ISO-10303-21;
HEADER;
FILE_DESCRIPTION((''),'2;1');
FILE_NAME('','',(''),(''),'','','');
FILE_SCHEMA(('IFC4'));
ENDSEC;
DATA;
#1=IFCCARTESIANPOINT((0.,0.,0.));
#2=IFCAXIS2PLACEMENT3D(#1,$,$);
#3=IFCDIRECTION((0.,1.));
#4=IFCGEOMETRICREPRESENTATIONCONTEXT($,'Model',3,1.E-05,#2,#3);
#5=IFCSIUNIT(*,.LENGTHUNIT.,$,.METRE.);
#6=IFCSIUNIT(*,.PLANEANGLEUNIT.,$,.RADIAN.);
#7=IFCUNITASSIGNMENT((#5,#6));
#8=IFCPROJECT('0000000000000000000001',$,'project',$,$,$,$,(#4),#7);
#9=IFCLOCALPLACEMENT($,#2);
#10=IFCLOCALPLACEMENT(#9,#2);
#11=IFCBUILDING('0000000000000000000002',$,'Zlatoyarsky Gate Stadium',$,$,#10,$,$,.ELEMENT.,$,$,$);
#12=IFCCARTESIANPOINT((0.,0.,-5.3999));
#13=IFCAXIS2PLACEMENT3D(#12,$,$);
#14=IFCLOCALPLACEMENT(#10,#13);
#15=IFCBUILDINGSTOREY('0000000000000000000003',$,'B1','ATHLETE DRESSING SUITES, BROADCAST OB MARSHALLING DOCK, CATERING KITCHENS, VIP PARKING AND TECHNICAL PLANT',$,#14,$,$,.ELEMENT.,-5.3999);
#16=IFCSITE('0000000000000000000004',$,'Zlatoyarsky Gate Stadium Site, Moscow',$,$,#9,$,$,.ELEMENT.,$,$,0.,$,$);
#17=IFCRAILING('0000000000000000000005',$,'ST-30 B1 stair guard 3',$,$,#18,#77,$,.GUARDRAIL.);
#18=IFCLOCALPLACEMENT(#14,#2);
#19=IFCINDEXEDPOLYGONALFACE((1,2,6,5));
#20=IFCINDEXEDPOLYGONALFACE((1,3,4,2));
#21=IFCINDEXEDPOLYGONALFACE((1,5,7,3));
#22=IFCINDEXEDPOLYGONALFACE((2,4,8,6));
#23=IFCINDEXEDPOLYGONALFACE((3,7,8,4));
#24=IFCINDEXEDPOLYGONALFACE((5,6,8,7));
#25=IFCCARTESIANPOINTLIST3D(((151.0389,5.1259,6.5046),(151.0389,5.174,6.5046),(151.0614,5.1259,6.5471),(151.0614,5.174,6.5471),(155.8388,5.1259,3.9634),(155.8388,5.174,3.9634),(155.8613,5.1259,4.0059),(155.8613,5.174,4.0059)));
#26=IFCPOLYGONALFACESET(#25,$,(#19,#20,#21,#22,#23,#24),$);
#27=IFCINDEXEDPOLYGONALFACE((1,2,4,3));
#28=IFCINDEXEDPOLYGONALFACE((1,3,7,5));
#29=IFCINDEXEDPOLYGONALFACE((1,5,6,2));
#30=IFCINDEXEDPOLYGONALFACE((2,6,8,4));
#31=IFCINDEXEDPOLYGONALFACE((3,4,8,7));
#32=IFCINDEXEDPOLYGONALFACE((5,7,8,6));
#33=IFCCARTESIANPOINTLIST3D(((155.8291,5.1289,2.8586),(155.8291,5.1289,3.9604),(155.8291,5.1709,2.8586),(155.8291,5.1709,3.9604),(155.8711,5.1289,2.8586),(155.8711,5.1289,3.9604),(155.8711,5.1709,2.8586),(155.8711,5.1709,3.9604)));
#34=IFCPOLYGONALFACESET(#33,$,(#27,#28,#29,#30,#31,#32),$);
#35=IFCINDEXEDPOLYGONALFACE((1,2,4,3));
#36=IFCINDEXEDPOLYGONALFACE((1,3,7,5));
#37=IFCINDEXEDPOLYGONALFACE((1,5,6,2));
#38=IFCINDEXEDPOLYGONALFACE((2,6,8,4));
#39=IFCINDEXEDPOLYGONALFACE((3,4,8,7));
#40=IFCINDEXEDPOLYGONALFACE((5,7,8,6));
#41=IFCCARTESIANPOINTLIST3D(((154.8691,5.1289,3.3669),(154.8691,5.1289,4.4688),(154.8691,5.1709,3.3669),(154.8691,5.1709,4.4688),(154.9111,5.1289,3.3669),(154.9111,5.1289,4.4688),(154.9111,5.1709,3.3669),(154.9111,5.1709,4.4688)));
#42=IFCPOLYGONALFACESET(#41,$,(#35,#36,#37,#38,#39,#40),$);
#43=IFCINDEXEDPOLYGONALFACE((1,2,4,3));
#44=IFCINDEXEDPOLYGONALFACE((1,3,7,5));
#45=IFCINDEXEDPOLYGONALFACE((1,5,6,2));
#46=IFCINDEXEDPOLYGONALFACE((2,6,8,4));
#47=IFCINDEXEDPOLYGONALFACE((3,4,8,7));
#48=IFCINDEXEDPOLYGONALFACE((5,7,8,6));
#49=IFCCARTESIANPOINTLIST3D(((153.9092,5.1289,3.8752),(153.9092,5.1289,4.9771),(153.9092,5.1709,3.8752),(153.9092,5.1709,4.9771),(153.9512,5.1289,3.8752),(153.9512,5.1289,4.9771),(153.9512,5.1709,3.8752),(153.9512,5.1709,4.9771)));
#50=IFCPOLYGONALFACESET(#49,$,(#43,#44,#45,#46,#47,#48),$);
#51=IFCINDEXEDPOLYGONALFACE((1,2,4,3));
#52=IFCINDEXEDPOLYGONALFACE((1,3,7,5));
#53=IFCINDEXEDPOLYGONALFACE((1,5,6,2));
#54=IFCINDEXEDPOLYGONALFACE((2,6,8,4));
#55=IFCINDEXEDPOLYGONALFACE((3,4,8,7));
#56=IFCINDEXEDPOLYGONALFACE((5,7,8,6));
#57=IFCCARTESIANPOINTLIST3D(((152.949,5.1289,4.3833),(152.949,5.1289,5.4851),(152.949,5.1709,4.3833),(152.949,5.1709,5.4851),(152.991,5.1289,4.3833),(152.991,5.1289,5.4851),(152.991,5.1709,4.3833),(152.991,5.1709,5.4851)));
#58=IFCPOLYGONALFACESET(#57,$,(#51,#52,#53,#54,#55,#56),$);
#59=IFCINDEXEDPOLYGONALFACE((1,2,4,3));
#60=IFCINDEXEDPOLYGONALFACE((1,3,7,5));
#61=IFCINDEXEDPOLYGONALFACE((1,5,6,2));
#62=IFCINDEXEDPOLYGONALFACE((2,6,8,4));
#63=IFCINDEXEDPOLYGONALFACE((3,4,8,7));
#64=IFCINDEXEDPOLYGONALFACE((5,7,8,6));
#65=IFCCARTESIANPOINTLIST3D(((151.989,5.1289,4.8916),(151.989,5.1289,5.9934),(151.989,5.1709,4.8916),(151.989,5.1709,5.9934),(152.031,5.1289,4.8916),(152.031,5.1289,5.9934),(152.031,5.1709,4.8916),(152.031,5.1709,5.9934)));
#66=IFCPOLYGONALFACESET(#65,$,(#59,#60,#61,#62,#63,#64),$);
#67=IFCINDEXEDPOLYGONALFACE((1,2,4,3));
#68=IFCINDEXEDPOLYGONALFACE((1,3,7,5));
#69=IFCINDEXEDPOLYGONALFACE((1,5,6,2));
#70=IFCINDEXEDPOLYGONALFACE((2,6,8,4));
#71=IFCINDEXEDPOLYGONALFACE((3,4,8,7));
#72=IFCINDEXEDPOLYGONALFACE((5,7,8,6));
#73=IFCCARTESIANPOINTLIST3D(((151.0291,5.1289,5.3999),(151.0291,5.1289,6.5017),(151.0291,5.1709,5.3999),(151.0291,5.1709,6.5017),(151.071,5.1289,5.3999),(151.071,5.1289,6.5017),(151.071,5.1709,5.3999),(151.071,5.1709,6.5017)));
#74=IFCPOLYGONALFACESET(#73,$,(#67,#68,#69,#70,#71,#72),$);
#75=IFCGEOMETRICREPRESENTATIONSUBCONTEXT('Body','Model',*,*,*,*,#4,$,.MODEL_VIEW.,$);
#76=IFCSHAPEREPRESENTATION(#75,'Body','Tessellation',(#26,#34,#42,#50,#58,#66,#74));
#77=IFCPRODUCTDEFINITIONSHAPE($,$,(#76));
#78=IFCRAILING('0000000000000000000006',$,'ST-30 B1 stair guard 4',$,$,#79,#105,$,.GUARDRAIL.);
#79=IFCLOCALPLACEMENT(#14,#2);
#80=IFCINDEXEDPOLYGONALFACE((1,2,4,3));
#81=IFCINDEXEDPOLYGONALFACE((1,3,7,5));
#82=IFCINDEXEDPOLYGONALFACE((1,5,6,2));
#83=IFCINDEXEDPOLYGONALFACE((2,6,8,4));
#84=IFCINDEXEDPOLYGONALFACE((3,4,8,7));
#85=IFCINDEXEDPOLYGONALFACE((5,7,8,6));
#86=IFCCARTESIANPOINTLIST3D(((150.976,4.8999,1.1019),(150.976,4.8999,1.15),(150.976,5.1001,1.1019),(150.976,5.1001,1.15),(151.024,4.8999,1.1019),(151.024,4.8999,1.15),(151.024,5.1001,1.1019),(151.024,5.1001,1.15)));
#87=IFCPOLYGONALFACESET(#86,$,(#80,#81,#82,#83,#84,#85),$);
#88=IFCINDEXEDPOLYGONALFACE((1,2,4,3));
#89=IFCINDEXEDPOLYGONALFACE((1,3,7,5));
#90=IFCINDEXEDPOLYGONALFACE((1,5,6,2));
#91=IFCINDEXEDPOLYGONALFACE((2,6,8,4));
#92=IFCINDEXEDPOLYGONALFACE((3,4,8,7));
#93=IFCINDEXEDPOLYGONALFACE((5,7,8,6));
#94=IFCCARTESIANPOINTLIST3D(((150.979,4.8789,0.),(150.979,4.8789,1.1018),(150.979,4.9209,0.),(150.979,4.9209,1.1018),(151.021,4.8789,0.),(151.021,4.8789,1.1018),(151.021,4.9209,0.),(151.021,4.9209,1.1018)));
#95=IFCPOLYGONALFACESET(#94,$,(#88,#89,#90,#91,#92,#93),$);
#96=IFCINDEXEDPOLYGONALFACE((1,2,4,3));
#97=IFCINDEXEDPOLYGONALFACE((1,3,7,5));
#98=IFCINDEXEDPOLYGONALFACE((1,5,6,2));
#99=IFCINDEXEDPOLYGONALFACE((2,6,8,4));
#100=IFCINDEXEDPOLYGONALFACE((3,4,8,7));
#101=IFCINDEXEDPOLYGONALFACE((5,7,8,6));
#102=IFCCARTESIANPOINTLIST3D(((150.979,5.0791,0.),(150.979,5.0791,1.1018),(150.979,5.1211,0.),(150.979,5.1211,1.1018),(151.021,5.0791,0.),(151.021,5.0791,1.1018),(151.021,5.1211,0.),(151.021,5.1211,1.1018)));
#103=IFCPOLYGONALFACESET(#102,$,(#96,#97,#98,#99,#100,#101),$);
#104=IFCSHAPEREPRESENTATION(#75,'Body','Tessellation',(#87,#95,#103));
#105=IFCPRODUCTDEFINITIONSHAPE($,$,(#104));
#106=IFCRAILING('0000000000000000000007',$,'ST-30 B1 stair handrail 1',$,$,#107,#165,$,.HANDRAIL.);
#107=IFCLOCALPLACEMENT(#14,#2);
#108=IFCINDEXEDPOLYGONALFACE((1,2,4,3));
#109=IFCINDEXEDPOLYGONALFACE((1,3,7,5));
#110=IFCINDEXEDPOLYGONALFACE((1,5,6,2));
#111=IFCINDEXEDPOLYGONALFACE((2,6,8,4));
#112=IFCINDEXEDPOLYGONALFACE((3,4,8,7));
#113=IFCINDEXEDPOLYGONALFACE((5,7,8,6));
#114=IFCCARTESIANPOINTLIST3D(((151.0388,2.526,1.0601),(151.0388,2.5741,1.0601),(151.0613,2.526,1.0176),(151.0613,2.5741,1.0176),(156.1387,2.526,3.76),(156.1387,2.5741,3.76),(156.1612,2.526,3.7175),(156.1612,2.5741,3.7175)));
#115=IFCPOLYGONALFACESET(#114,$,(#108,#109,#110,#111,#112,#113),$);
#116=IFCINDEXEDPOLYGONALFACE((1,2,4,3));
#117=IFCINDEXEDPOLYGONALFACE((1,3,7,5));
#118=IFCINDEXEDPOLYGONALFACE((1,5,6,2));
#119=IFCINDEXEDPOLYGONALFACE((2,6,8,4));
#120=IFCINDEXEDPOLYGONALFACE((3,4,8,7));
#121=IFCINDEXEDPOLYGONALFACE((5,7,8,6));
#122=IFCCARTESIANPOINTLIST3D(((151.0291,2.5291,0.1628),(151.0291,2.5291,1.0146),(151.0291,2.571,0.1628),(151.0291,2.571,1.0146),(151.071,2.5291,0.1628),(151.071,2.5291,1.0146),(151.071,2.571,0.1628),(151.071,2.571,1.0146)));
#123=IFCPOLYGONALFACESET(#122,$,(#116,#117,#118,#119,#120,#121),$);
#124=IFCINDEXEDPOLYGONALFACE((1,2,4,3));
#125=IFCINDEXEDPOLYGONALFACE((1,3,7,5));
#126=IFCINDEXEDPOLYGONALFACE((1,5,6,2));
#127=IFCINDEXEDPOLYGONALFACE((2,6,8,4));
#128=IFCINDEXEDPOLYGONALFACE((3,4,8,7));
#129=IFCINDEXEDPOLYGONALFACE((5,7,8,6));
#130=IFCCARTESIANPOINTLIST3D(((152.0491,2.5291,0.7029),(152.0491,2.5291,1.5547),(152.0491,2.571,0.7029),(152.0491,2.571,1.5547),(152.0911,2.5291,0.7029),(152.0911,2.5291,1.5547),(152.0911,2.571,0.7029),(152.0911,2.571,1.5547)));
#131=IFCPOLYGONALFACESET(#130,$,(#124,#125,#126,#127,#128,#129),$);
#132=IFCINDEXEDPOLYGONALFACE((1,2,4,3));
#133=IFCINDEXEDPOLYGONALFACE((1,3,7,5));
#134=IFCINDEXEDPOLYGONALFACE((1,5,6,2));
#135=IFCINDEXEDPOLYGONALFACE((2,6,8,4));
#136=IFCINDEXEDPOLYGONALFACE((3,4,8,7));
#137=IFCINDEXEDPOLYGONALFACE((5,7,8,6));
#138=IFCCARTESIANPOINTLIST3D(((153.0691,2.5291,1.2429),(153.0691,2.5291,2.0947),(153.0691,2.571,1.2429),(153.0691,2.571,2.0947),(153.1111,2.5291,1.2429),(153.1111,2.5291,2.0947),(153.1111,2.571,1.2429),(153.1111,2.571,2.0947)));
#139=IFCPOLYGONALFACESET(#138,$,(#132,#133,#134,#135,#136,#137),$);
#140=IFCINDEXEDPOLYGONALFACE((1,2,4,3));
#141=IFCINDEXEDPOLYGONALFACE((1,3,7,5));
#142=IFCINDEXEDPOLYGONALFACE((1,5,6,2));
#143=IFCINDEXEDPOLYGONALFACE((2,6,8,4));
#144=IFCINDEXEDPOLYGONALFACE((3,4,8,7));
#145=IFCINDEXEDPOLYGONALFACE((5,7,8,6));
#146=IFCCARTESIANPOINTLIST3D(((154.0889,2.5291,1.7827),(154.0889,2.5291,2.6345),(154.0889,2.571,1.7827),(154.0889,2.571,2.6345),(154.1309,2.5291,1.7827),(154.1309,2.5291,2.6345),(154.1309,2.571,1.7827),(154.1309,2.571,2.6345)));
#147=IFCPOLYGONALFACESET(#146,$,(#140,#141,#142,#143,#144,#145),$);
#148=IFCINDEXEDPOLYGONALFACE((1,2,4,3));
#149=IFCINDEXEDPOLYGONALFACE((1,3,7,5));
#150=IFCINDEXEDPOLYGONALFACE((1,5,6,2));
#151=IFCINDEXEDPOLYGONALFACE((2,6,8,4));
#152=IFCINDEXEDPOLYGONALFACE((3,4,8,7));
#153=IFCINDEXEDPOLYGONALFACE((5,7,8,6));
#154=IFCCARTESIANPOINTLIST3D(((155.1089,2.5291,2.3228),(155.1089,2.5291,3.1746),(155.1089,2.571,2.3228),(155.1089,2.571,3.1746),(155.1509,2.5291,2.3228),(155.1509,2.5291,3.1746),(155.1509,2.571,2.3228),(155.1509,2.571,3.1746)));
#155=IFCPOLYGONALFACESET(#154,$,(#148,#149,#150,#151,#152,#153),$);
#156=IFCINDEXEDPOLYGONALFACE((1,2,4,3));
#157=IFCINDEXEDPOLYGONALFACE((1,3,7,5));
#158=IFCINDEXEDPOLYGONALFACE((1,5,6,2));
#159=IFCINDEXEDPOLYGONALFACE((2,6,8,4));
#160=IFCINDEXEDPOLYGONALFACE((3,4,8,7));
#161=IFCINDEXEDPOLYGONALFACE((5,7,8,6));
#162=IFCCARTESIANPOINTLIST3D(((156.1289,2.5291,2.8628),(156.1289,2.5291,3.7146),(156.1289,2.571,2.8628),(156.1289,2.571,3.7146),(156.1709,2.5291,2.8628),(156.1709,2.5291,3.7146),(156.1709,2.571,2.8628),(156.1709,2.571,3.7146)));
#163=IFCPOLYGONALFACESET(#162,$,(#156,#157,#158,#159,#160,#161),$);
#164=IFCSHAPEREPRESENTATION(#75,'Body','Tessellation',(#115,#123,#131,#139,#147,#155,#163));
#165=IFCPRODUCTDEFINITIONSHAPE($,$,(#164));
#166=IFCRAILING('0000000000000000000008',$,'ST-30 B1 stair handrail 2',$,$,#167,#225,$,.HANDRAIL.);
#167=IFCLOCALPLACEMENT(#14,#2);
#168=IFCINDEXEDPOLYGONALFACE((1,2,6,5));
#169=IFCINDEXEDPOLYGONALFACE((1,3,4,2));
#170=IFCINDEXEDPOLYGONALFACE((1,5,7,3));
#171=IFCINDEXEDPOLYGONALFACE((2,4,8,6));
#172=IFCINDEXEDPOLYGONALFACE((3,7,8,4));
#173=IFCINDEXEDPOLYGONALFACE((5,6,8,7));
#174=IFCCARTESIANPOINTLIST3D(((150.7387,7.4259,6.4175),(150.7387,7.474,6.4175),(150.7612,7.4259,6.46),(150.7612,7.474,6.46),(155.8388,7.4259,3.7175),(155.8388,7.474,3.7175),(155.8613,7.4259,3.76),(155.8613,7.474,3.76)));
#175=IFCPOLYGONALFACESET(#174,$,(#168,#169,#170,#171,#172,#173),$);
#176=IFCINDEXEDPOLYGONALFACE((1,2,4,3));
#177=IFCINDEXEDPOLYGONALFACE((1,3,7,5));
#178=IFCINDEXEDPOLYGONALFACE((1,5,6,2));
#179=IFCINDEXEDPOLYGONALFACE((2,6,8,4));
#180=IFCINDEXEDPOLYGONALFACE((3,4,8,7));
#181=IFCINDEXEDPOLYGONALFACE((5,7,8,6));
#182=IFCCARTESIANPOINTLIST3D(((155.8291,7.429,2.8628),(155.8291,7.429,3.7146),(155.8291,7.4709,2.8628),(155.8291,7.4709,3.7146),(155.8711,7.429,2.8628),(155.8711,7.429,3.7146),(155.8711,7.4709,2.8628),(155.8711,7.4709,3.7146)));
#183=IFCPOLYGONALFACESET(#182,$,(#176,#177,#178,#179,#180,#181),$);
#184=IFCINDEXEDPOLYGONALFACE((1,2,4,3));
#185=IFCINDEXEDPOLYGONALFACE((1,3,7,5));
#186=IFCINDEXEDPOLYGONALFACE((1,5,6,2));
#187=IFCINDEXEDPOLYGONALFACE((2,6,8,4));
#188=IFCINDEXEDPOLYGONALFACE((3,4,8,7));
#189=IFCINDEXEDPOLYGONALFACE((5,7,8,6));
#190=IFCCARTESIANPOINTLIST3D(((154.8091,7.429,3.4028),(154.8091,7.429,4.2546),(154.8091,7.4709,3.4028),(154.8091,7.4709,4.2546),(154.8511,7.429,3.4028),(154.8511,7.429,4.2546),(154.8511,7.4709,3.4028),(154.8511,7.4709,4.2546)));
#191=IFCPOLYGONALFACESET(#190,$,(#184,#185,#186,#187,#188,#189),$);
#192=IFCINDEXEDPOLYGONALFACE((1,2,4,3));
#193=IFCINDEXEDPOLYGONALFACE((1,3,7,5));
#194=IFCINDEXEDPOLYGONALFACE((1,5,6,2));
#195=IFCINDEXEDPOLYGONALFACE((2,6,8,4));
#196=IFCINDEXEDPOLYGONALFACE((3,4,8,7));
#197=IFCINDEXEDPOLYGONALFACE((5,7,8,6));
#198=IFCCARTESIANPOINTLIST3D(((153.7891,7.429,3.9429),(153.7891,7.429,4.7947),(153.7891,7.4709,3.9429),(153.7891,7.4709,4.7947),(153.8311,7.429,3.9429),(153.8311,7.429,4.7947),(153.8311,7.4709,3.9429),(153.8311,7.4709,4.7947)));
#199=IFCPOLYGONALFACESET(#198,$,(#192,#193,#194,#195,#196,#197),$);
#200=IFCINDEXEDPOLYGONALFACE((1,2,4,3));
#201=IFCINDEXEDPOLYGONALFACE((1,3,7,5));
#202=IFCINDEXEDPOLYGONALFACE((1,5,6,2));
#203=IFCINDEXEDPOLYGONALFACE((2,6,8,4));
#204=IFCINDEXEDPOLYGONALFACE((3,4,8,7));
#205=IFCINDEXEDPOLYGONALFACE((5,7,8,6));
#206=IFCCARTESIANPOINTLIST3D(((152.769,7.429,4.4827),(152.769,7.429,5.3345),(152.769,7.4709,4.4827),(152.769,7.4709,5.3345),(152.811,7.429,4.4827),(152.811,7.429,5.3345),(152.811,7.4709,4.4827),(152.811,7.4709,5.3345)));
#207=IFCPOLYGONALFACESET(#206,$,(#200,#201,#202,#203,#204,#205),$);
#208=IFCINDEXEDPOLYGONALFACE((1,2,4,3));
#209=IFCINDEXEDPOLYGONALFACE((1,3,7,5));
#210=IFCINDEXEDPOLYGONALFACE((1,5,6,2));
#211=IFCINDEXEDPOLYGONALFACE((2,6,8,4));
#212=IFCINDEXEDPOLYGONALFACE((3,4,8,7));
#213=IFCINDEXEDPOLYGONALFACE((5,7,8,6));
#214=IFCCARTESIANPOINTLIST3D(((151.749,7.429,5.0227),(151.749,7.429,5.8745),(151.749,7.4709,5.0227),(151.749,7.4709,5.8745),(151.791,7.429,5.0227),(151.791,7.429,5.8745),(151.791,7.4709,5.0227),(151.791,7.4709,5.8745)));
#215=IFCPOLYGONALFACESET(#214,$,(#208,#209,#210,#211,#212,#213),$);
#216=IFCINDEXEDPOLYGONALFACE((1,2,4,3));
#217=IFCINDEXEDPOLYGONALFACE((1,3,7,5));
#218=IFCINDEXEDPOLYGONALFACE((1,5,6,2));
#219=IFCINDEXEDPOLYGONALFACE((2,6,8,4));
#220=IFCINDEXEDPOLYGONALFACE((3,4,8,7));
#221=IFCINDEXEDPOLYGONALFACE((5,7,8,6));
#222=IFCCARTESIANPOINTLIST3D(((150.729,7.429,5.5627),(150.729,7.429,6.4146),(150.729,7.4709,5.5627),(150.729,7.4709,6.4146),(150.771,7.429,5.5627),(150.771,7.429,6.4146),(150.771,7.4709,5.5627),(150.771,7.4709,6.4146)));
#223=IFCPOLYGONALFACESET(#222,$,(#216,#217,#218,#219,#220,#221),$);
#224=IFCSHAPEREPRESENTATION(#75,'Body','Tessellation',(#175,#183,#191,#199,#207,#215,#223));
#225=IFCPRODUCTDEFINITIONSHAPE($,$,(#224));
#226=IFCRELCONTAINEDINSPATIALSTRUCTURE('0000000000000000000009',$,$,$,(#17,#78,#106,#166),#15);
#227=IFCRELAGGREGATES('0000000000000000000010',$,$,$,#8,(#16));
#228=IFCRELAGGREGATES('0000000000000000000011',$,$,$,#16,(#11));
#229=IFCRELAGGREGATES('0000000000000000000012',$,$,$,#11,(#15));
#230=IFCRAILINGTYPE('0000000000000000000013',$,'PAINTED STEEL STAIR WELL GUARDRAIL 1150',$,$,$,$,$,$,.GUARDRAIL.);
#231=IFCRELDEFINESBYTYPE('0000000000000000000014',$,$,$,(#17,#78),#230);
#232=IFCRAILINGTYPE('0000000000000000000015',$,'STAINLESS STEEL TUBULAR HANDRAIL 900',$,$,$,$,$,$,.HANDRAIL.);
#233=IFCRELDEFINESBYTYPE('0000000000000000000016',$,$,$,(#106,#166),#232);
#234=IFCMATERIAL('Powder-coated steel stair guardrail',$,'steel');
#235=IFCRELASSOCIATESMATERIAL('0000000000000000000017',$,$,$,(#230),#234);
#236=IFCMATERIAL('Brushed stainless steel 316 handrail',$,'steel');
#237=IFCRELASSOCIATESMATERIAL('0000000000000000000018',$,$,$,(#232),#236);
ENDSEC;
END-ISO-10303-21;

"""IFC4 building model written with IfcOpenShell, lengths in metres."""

from ifc_helpers import new_model, si_unit, direction, frame, origin, origin_2d, place, context, subcontext, project, spatial, rectangle, extrude, material, type_object, element, save


model = new_model("IFC4")

# Units and contexts
model_context = context("Model", 3, precision=1e-05, world=origin(), true_north=direction((0.0, 1.0)))
body_context = subcontext(model_context, "Body", "Model", "MODEL_VIEW")
ifc_project = project(units=[si_unit("LENGTHUNIT", "METRE"), si_unit("PLANEANGLEUNIT", "RADIAN")], contexts=[model_context])

# Site, building, storey
site_placement = place(None, origin())
site = spatial("IfcSite", under=ifc_project, at=site_placement, Name="Zlatoyarsky Gate Stadium Site, Moscow", CompositionType="ELEMENT", RefElevation=0.0)
building_placement = place(site_placement, origin())
building = spatial("IfcBuilding", under=site, at=building_placement, Name="Zlatoyarsky Gate Stadium", CompositionType="ELEMENT")
storey_placement = place(building_placement, frame((0.0, 0.0, -5.3999)))
storey = spatial("IfcBuildingStorey", under=building, at=storey_placement, Name="B1", Description="ATHLETE DRESSING SUITES, BROADCAST OB MARSHALLING DOCK, CATERING KITCHENS, VIP PARKING AND TECHNICAL PLANT", CompositionType="ELEMENT", Elevation=-5.3999)

# Railings
ifc_material_1 = material(Name="Powder-coated steel stair guardrail", Category="steel")
railing_type_1 = type_object("IfcRailingType", Name="PAINTED STEEL STAIR WELL GUARDRAIL 1150", PredefinedType="GUARDRAIL", material=ifc_material_1)
railing_1_placement = place(storey_placement, frame((155.8501, 5.1499, 2.8586)))
element("IfcRailing", 1, at=railing_1_placement, inside=storey, type_object=railing_type_1, Name="ST-30 B1 stair guard 3", PredefinedType="GUARDRAIL", context=body_context, shape_type="SweptSolid", body=[
    extrude(rectangle(XDim=0.0481, YDim=0.0481, at=origin_2d()), frame((0.0, 0.0, 1.126), z_axis=(-0.883784, 0.0, 0.467896), x_axis=(0.0, -1.0, 0.0)), (0.0, 0.0, 1.0), 5.4312),
    extrude(rectangle(XDim=0.042, YDim=0.042, at=origin_2d()), origin(), (0.0, 0.0, 1.0), 1.1018),
    extrude(rectangle(XDim=0.042, YDim=0.042, at=origin_2d()), frame((-0.96, 0.0, 0.5083)), (0.0, 0.0, 1.0), 1.1018),
    extrude(rectangle(XDim=0.042, YDim=0.042, at=origin_2d()), frame((-1.9199, 0.0, 1.0166)), (0.0, 0.0, 1.0), 1.1018),
    extrude(rectangle(XDim=0.042, YDim=0.042, at=origin_2d()), frame((-2.8801, 0.0, 1.5247)), (0.0, 0.0, 1.0), 1.1018),
    extrude(rectangle(XDim=0.042, YDim=0.042, at=origin_2d()), frame((-3.8401, 0.0, 2.033)), (0.0, 0.0, 1.0), 1.1018),
    extrude(rectangle(XDim=0.042, YDim=0.042, at=origin_2d()), frame((-4.8, 0.0, 2.5413)), (0.0, 0.0, 1.0), 1.1018),
])
railing_2_placement = place(storey_placement, frame((151.0, 4.8999, 0.0)))
element("IfcRailing", 2, at=railing_2_placement, inside=storey, type_object=railing_type_1, Name="ST-30 B1 stair guard 4", PredefinedType="GUARDRAIL", context=body_context, shape_type="SweptSolid", body=[
    extrude(rectangle(XDim=0.0481, YDim=0.0481, at=origin_2d()), frame((0.0, 0.0, 1.126), z_axis=(0.0, 1.0, 0.0), x_axis=(-1.0, 0.0, 0.0)), (0.0, 0.0, 1.0), 0.2002),
    extrude(rectangle(XDim=0.042, YDim=0.042, at=origin_2d()), origin(), (0.0, 0.0, 1.0), 1.1018),
    extrude(rectangle(XDim=0.042, YDim=0.042, at=origin_2d()), frame((0.0, 0.2002, 0.0)), (0.0, 0.0, 1.0), 1.1018),
])
ifc_material_2 = material(Name="Brushed stainless steel 316 handrail", Category="steel")
railing_type_2 = type_object("IfcRailingType", Name="STAINLESS STEEL TUBULAR HANDRAIL 900", PredefinedType="HANDRAIL", material=ifc_material_2)
railing_3_placement = place(storey_placement, frame((151.05, 2.55, 0.1628)))
element("IfcRailing", 3, at=railing_3_placement, inside=storey, type_object=railing_type_2, Name="ST-30 B1 stair handrail 1", PredefinedType="HANDRAIL", context=body_context, shape_type="SweptSolid", body=[
    extrude(rectangle(XDim=0.0481, YDim=0.0481, at=origin_2d()), frame((0.0, 0.0, 0.876), z_axis=(0.883786, 0.0, 0.467892), x_axis=(0.0, 1.0, 0.0)), (0.0, 0.0, 1.0), 5.7705),
    extrude(rectangle(XDim=0.042, YDim=0.042, at=origin_2d()), origin(), (0.0, 0.0, 1.0), 0.8518),
    extrude(rectangle(XDim=0.042, YDim=0.042, at=origin_2d()), frame((1.02, 0.0, 0.54)), (0.0, 0.0, 1.0), 0.8518),
    extrude(rectangle(XDim=0.042, YDim=0.042, at=origin_2d()), frame((2.04, 0.0, 1.0801)), (0.0, 0.0, 1.0), 0.8518),
    extrude(rectangle(XDim=0.042, YDim=0.042, at=origin_2d()), frame((3.0598, 0.0, 1.6199)), (0.0, 0.0, 1.0), 0.8518),
    extrude(rectangle(XDim=0.042, YDim=0.042, at=origin_2d()), frame((4.0798, 0.0, 2.1599)), (0.0, 0.0, 1.0), 0.8518),
    extrude(rectangle(XDim=0.042, YDim=0.042, at=origin_2d()), frame((5.0999, 0.0, 2.7)), (0.0, 0.0, 1.0), 0.8518),
])
railing_4_placement = place(storey_placement, frame((155.8501, 7.45, 2.8628)))
element("IfcRailing", 4, at=railing_4_placement, inside=storey, type_object=railing_type_2, Name="ST-30 B1 stair handrail 2", PredefinedType="HANDRAIL", context=body_context, shape_type="SweptSolid", body=[
    extrude(rectangle(XDim=0.0481, YDim=0.0481, at=origin_2d()), frame((0.0, 0.0, 0.876), z_axis=(-0.883795, 0.0, 0.467874), x_axis=(0.0, -1.0, 0.0)), (0.0, 0.0, 1.0), 5.7708),
    extrude(rectangle(XDim=0.042, YDim=0.042, at=origin_2d()), origin(), (0.0, 0.0, 1.0), 0.8518),
    extrude(rectangle(XDim=0.042, YDim=0.042, at=origin_2d()), frame((-1.02, 0.0, 0.54)), (0.0, 0.0, 1.0), 0.8518),
    extrude(rectangle(XDim=0.042, YDim=0.042, at=origin_2d()), frame((-2.04, 0.0, 1.0801)), (0.0, 0.0, 1.0), 0.8518),
    extrude(rectangle(XDim=0.042, YDim=0.042, at=origin_2d()), frame((-3.0601, 0.0, 1.6199)), (0.0, 0.0, 1.0), 0.8518),
    extrude(rectangle(XDim=0.042, YDim=0.042, at=origin_2d()), frame((-4.0801, 0.0, 2.1599)), (0.0, 0.0, 1.0), 0.8518),
    extrude(rectangle(XDim=0.042, YDim=0.042, at=origin_2d()), frame((-5.1001, 0.0, 2.7)), (0.0, 0.0, 1.0), 0.8518),
])

save(model, "model.ifc")
